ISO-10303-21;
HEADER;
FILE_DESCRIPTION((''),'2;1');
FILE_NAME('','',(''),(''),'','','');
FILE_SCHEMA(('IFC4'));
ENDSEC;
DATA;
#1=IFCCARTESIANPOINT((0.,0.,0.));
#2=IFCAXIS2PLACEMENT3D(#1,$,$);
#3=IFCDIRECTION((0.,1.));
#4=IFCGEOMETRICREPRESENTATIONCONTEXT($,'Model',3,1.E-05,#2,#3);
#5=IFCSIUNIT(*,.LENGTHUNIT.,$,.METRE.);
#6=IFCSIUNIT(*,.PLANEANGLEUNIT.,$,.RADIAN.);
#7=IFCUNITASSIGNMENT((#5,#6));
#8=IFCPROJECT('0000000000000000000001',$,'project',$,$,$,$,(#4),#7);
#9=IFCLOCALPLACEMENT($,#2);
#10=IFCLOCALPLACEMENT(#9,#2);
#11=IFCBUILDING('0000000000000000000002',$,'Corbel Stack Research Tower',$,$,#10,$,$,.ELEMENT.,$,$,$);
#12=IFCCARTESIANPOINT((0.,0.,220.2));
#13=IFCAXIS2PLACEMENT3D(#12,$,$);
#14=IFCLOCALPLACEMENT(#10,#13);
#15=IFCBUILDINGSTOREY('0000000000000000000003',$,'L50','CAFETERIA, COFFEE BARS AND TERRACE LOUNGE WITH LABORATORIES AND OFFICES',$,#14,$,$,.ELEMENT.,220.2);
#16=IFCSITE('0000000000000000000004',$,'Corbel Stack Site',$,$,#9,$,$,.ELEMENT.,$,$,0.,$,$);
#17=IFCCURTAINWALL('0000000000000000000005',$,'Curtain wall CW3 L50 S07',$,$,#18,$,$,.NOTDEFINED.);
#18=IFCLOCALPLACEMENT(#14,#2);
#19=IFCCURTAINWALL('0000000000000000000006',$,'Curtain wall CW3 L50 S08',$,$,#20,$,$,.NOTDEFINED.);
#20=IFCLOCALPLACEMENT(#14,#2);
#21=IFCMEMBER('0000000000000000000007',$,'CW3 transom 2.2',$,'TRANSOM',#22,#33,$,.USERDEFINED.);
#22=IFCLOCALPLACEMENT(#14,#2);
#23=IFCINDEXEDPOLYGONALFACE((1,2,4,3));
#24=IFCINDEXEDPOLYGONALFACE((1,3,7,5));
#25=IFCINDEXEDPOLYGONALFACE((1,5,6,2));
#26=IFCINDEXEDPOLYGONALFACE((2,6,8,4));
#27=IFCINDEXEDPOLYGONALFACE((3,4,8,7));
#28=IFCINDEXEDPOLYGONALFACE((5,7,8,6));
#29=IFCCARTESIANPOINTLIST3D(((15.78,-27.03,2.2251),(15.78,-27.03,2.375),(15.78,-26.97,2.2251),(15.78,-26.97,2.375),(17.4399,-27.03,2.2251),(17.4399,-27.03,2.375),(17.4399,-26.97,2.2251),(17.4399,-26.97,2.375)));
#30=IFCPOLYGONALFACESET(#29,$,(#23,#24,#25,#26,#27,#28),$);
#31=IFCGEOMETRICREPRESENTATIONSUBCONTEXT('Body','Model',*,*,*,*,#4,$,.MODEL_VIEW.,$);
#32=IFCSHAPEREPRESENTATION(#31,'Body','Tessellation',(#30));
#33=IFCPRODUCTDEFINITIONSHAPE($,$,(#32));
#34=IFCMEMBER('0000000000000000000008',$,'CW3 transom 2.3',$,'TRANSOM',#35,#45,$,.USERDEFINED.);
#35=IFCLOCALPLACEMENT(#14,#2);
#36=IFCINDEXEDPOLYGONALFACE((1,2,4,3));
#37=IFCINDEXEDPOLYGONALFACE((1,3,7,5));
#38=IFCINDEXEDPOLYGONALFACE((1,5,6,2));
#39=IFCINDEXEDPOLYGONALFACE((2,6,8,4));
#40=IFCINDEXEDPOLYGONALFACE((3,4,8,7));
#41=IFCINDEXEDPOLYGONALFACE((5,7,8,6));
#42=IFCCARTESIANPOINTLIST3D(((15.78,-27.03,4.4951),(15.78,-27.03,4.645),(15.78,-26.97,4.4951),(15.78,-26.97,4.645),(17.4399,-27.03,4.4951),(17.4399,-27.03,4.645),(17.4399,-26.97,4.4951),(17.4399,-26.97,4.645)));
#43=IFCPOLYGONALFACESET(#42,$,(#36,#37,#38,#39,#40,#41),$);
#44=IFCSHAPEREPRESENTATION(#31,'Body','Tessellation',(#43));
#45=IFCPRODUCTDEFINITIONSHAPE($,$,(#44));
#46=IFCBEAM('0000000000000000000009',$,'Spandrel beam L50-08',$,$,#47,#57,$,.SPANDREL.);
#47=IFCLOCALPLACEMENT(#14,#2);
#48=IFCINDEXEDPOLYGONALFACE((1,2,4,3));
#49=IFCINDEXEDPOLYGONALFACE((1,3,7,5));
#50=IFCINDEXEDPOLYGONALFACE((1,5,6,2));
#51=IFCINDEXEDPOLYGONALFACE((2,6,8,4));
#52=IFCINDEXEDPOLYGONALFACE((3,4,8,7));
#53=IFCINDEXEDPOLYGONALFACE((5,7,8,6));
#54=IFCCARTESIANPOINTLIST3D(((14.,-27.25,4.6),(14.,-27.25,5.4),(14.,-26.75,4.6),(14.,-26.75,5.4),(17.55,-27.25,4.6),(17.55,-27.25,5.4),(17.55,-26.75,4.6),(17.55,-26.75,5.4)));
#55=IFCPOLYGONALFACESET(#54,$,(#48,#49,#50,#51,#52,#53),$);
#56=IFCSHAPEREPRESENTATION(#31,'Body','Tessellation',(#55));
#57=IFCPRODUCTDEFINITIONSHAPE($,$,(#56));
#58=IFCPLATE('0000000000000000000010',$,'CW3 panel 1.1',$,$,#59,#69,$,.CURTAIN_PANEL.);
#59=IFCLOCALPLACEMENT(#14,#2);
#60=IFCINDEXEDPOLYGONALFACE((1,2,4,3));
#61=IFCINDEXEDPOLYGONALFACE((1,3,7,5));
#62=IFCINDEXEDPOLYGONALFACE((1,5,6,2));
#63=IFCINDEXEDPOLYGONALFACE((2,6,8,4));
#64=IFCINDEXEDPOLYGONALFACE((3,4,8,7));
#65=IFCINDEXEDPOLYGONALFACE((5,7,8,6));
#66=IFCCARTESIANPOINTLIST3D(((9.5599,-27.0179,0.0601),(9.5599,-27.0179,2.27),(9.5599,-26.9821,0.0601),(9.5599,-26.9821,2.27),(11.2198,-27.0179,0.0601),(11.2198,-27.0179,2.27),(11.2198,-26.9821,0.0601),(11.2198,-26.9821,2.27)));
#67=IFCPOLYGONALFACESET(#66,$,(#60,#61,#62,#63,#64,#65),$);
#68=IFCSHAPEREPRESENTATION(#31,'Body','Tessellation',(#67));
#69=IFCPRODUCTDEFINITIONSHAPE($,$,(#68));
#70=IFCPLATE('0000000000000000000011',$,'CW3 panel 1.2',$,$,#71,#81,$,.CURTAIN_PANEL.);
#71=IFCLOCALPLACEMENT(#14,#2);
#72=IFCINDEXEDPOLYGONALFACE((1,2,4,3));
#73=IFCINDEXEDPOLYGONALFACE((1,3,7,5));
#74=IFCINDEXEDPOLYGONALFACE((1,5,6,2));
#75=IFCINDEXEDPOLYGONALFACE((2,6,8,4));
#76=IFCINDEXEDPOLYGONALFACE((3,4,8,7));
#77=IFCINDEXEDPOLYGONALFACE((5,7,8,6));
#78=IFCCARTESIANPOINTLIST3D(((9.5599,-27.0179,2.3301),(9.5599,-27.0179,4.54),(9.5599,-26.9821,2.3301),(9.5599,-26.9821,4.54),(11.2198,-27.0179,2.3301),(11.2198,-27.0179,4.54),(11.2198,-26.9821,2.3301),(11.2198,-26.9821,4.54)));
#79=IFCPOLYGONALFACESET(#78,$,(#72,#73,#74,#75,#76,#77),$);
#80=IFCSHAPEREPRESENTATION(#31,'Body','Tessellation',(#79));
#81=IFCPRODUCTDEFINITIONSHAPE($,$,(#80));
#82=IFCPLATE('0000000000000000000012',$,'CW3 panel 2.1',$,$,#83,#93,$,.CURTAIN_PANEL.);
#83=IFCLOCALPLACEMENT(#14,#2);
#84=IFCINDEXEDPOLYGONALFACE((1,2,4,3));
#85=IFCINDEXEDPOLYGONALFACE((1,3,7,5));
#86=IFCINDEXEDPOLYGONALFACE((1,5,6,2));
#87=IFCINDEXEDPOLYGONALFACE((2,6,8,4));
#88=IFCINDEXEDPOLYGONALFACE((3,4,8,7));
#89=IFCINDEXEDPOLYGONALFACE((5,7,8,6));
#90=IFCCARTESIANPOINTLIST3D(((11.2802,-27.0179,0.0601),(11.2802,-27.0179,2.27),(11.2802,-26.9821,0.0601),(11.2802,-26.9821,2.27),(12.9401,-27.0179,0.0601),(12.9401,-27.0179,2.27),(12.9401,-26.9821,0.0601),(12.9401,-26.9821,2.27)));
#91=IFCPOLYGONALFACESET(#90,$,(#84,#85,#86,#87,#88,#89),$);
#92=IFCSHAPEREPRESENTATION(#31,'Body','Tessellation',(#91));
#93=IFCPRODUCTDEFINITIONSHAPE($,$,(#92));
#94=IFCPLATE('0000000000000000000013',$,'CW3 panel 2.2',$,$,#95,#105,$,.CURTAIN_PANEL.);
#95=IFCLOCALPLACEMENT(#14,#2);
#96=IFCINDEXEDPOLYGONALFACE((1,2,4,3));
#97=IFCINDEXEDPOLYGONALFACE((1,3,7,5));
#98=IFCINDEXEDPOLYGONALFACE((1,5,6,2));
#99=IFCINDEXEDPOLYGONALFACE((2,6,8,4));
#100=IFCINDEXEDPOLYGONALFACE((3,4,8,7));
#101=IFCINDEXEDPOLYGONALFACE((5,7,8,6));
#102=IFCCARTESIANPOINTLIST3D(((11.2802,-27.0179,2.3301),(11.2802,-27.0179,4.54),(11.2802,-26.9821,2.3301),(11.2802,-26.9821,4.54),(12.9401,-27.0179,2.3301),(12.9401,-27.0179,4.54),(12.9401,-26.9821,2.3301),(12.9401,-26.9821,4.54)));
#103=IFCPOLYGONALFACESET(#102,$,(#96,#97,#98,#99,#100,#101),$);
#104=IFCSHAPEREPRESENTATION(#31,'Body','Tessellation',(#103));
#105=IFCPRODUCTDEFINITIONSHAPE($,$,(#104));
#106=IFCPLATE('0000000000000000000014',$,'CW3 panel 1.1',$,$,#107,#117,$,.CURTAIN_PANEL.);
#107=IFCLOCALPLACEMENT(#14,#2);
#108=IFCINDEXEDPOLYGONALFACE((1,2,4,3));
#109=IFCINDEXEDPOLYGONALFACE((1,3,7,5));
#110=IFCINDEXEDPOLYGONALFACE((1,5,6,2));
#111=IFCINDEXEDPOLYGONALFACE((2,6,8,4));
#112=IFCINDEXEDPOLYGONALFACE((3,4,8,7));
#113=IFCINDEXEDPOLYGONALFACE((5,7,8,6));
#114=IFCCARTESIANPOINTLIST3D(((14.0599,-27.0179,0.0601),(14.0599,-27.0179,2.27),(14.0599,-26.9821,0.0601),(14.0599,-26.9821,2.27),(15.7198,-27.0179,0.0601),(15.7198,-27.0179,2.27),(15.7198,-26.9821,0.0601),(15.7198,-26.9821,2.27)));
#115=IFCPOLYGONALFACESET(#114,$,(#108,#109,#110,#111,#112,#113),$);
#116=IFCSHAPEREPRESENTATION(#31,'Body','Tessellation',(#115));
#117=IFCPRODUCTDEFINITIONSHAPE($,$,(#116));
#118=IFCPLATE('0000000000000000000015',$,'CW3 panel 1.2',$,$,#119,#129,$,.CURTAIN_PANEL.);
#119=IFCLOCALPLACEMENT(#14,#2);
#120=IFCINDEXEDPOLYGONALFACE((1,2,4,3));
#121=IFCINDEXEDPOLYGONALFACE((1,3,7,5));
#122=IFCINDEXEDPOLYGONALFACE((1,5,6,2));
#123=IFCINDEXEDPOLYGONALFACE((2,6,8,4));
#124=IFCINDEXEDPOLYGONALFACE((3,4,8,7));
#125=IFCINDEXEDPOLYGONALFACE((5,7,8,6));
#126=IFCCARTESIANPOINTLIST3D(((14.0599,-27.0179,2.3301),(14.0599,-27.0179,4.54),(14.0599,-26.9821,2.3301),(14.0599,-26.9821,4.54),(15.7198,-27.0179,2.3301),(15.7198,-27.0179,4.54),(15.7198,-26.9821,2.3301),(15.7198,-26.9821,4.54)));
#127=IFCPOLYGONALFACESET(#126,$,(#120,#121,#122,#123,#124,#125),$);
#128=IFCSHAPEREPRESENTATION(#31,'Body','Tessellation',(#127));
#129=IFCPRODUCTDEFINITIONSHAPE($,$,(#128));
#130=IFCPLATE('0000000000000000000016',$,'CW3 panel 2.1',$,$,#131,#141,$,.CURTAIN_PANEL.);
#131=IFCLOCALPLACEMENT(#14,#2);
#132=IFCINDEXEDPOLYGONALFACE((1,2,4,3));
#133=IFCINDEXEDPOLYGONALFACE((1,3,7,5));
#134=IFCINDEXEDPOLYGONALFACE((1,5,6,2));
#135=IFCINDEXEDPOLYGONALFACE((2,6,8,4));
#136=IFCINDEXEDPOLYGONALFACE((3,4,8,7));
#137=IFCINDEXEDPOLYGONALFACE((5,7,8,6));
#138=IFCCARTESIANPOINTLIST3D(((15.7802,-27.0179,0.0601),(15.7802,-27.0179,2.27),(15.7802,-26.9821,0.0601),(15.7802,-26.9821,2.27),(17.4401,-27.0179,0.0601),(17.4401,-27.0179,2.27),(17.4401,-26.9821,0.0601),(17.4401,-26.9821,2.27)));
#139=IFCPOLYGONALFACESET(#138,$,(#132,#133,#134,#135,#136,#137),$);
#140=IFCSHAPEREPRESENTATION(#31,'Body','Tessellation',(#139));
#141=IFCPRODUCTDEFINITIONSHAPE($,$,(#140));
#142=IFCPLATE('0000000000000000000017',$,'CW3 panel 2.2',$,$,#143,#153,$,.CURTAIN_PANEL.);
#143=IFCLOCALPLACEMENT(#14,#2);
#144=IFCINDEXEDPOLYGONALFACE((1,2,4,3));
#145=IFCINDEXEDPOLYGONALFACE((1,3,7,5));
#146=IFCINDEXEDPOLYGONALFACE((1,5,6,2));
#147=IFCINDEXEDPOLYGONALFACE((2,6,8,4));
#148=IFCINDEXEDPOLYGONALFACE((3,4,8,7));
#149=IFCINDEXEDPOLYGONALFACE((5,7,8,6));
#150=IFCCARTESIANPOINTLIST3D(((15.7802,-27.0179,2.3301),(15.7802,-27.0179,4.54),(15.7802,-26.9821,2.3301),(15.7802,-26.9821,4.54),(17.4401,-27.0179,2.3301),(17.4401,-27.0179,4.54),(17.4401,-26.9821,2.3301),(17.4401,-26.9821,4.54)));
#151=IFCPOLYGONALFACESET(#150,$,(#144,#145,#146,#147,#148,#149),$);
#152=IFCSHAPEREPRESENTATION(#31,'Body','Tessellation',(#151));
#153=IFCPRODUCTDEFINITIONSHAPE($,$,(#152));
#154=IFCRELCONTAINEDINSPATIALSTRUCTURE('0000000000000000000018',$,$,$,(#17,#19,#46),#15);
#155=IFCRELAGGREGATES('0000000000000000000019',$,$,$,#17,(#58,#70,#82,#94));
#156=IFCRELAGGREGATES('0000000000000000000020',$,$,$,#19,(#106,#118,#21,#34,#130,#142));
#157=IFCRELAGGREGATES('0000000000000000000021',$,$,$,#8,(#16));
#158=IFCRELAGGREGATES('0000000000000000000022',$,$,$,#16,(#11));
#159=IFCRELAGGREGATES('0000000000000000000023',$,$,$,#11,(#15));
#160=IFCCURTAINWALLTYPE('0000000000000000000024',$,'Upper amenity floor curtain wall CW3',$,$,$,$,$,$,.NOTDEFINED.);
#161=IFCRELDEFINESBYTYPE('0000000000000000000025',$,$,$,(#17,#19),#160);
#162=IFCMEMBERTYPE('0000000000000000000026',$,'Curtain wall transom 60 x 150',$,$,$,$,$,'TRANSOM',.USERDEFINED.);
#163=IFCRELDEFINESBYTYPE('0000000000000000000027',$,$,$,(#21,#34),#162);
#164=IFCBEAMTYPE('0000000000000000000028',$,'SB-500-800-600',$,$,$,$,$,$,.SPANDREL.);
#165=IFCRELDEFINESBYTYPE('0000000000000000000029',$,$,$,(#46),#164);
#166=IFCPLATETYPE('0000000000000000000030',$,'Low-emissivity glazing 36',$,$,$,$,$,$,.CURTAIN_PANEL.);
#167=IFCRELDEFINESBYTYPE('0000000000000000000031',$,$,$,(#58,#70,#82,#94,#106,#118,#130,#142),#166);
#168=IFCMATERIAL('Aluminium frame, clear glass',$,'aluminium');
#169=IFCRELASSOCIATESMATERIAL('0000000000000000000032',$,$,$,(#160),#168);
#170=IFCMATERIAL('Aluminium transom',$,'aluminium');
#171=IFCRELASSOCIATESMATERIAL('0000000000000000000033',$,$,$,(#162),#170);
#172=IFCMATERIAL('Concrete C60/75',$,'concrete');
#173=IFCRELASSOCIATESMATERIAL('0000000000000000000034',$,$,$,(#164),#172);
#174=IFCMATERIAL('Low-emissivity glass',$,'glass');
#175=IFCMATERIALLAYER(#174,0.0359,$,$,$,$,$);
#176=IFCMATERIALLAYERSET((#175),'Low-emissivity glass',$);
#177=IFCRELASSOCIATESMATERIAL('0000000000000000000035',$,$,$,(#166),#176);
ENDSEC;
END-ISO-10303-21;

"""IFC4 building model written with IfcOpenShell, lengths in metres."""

from ifc_helpers import new_model, si_unit, direction, frame, origin, origin_2d, place, context, subcontext, project, spatial, rectangle, extrude, material, layer, layer_set, material_profile, profile_set, type_object, element, aggregate, save


model = new_model("IFC4")

# Units and contexts
model_context = context("Model", 3, precision=1e-05, world=origin(), true_north=direction((0.0, 1.0)))
body_context = subcontext(model_context, "Body", "Model", "MODEL_VIEW")
ifc_project = project(units=[si_unit("LENGTHUNIT", "METRE"), si_unit("PLANEANGLEUNIT", "RADIAN")], contexts=[model_context])

# Site, building, storey
site_placement = place(None, origin())
site = spatial("IfcSite", under=ifc_project, at=site_placement, Name="Corbel Stack Site", CompositionType="ELEMENT", RefElevation=0.0)
building_placement = place(site_placement, origin())
building = spatial("IfcBuilding", under=site, at=building_placement, Name="Corbel Stack Research Tower", CompositionType="ELEMENT")
storey_placement = place(building_placement, frame((0.0, 0.0, 220.2)))
storey = spatial("IfcBuildingStorey", under=building, at=storey_placement, Name="L50", Description="CAFETERIA, COFFEE BARS AND TERRACE LOUNGE WITH LABORATORIES AND OFFICES", CompositionType="ELEMENT", Elevation=220.2)

# Curtain walls
ifc_material_1 = material(Name="Aluminium frame, clear glass", Category="aluminium")
curtain_wall_type = type_object("IfcCurtainWallType", Name="Upper amenity floor curtain wall CW3", PredefinedType="NOTDEFINED", material=ifc_material_1)
curtain_wall_1_placement = place(storey_placement, origin())
curtain_wall_1 = element("IfcCurtainWall", 1, at=curtain_wall_1_placement, inside=storey, type_object=curtain_wall_type, Name="Curtain wall CW3 L50 S07", PredefinedType="NOTDEFINED")
curtain_wall_2_placement = place(storey_placement, origin())
curtain_wall_2 = element("IfcCurtainWall", 2, at=curtain_wall_2_placement, inside=storey, type_object=curtain_wall_type, Name="Curtain wall CW3 L50 S08", PredefinedType="NOTDEFINED")

# Members
ifc_material_2 = material(Name="Aluminium transom", Category="aluminium")
ifc_material_profile_1 = material_profile(ifc_material_2, rectangle(XDim=0.0601, YDim=0.1499, at=origin_2d()), Name="Transom 60 x 150")
ifc_profile_set_1 = profile_set([ifc_material_profile_1], Name="Aluminium transom")
member_type_1 = type_object("IfcMemberType", Name="Curtain wall transom 60 x 150", ElementType="TRANSOM", PredefinedType="USERDEFINED", material=ifc_profile_set_1)
member_1_placement = place(storey_placement, frame((15.78, -27.0, 2.3), z_axis=(1.0, 0.0, 0.0), x_axis=(0.0, 1.0, 0.0)))
member_1 = element("IfcMember", 3, at=member_1_placement, type_object=member_type_1, Name="CW3 transom 2.2", ObjectType="TRANSOM", PredefinedType="USERDEFINED", context=body_context, shape_type="SweptSolid", body=[
    extrude(rectangle(XDim=0.0601, YDim=0.1499, at=origin_2d()), origin(), (0.0, 0.0, 1.0), 1.6599),
])
member_2_placement = place(storey_placement, frame((15.78, -27.0, 4.5701), z_axis=(1.0, 0.0, 0.0), x_axis=(0.0, 1.0, 0.0)))
member_2 = element("IfcMember", 4, at=member_2_placement, type_object=member_type_1, Name="CW3 transom 2.3", ObjectType="TRANSOM", PredefinedType="USERDEFINED", context=body_context, shape_type="SweptSolid", body=[
    extrude(rectangle(XDim=0.0601, YDim=0.1499, at=origin_2d()), origin(), (0.0, 0.0, 1.0), 1.6599),
])

# Beam
ifc_material_3 = material(Name="Concrete C60/75", Category="concrete")
ifc_material_profile_2 = material_profile(ifc_material_3, rectangle(XDim=0.5, YDim=0.8, at=origin_2d()), Name="RC 500 x 800")
ifc_profile_set_2 = profile_set([ifc_material_profile_2], Name="Concrete C60/75")
beam_type = type_object("IfcBeamType", Name="SB-500-800-600", PredefinedType="SPANDREL", material=ifc_profile_set_2)
beam_placement = place(storey_placement, frame((14.0, -27.0, 5.0), z_axis=(1.0, 0.0, 0.0), x_axis=(0.0, 1.0, 0.0)))
element("IfcBeam", 5, at=beam_placement, inside=storey, type_object=beam_type, Name="Spandrel beam L50-08", PredefinedType="SPANDREL", context=body_context, shape_type="SweptSolid", body=[
    extrude(rectangle(XDim=0.5, YDim=0.8, at=origin_2d()), origin(), (0.0, 0.0, 1.0), 3.55),
])

# Plates
ifc_material_4 = material(Name="Low-emissivity glass", Category="glass")
ifc_layer = layer(ifc_material_4, 0.0359)
ifc_layer_set = layer_set([ifc_layer], Name="Low-emissivity glass")
plate_type = type_object("IfcPlateType", Name="Low-emissivity glazing 36", PredefinedType="CURTAIN_PANEL", material=ifc_layer_set)
plate_1_placement = place(storey_placement, frame((10.3899, -27.0, 0.0601), z_axis=(0.0, 0.0, 1.0), x_axis=(1.0, 0.0, 0.0)))
plate_1 = element("IfcPlate", 6, at=plate_1_placement, type_object=plate_type, Name="CW3 panel 1.1", PredefinedType="CURTAIN_PANEL", context=body_context, shape_type="SweptSolid", body=[
    extrude(rectangle(XDim=1.6599, YDim=0.0359, at=origin_2d()), origin(), (0.0, 0.0, 1.0), 2.21),
])
plate_2_placement = place(storey_placement, frame((10.3899, -27.0, 2.3301), z_axis=(0.0, 0.0, 1.0), x_axis=(1.0, 0.0, 0.0)))
plate_2 = element("IfcPlate", 7, at=plate_2_placement, type_object=plate_type, Name="CW3 panel 1.2", PredefinedType="CURTAIN_PANEL", context=body_context, shape_type="SweptSolid", body=[
    extrude(rectangle(XDim=1.6599, YDim=0.0359, at=origin_2d()), origin(), (0.0, 0.0, 1.0), 2.21),
])
plate_3_placement = place(storey_placement, frame((12.1101, -27.0, 0.0601), z_axis=(0.0, 0.0, 1.0), x_axis=(1.0, 0.0, 0.0)))
plate_3 = element("IfcPlate", 8, at=plate_3_placement, type_object=plate_type, Name="CW3 panel 2.1", PredefinedType="CURTAIN_PANEL", context=body_context, shape_type="SweptSolid", body=[
    extrude(rectangle(XDim=1.6599, YDim=0.0359, at=origin_2d()), origin(), (0.0, 0.0, 1.0), 2.21),
])
plate_4_placement = place(storey_placement, frame((12.1101, -27.0, 2.3301), z_axis=(0.0, 0.0, 1.0), x_axis=(1.0, 0.0, 0.0)))
plate_4 = element("IfcPlate", 9, at=plate_4_placement, type_object=plate_type, Name="CW3 panel 2.2", PredefinedType="CURTAIN_PANEL", context=body_context, shape_type="SweptSolid", body=[
    extrude(rectangle(XDim=1.6599, YDim=0.0359, at=origin_2d()), origin(), (0.0, 0.0, 1.0), 2.21),
])
aggregate(curtain_wall_1, [plate_1, plate_2, plate_3, plate_4])
plate_5_placement = place(storey_placement, frame((14.8899, -27.0, 0.0601), z_axis=(0.0, 0.0, 1.0), x_axis=(1.0, 0.0, 0.0)))
plate_5 = element("IfcPlate", 10, at=plate_5_placement, type_object=plate_type, Name="CW3 panel 1.1", PredefinedType="CURTAIN_PANEL", context=body_context, shape_type="SweptSolid", body=[
    extrude(rectangle(XDim=1.6599, YDim=0.0359, at=origin_2d()), origin(), (0.0, 0.0, 1.0), 2.21),
])
plate_6_placement = place(storey_placement, frame((14.8899, -27.0, 2.3301), z_axis=(0.0, 0.0, 1.0), x_axis=(1.0, 0.0, 0.0)))
plate_6 = element("IfcPlate", 11, at=plate_6_placement, type_object=plate_type, Name="CW3 panel 1.2", PredefinedType="CURTAIN_PANEL", context=body_context, shape_type="SweptSolid", body=[
    extrude(rectangle(XDim=1.6599, YDim=0.0359, at=origin_2d()), origin(), (0.0, 0.0, 1.0), 2.21),
])
plate_7_placement = place(storey_placement, frame((16.6101, -27.0, 0.0601), z_axis=(0.0, 0.0, 1.0), x_axis=(1.0, 0.0, 0.0)))
plate_7 = element("IfcPlate", 12, at=plate_7_placement, type_object=plate_type, Name="CW3 panel 2.1", PredefinedType="CURTAIN_PANEL", context=body_context, shape_type="SweptSolid", body=[
    extrude(rectangle(XDim=1.6599, YDim=0.0359, at=origin_2d()), origin(), (0.0, 0.0, 1.0), 2.21),
])
plate_8_placement = place(storey_placement, frame((16.6101, -27.0, 2.3301), z_axis=(0.0, 0.0, 1.0), x_axis=(1.0, 0.0, 0.0)))
plate_8 = element("IfcPlate", 13, at=plate_8_placement, type_object=plate_type, Name="CW3 panel 2.2", PredefinedType="CURTAIN_PANEL", context=body_context, shape_type="SweptSolid", body=[
    extrude(rectangle(XDim=1.6599, YDim=0.0359, at=origin_2d()), origin(), (0.0, 0.0, 1.0), 2.21),
])
aggregate(curtain_wall_2, [plate_5, plate_6, member_1, member_2, plate_7, plate_8])

save(model, "model.ifc")
